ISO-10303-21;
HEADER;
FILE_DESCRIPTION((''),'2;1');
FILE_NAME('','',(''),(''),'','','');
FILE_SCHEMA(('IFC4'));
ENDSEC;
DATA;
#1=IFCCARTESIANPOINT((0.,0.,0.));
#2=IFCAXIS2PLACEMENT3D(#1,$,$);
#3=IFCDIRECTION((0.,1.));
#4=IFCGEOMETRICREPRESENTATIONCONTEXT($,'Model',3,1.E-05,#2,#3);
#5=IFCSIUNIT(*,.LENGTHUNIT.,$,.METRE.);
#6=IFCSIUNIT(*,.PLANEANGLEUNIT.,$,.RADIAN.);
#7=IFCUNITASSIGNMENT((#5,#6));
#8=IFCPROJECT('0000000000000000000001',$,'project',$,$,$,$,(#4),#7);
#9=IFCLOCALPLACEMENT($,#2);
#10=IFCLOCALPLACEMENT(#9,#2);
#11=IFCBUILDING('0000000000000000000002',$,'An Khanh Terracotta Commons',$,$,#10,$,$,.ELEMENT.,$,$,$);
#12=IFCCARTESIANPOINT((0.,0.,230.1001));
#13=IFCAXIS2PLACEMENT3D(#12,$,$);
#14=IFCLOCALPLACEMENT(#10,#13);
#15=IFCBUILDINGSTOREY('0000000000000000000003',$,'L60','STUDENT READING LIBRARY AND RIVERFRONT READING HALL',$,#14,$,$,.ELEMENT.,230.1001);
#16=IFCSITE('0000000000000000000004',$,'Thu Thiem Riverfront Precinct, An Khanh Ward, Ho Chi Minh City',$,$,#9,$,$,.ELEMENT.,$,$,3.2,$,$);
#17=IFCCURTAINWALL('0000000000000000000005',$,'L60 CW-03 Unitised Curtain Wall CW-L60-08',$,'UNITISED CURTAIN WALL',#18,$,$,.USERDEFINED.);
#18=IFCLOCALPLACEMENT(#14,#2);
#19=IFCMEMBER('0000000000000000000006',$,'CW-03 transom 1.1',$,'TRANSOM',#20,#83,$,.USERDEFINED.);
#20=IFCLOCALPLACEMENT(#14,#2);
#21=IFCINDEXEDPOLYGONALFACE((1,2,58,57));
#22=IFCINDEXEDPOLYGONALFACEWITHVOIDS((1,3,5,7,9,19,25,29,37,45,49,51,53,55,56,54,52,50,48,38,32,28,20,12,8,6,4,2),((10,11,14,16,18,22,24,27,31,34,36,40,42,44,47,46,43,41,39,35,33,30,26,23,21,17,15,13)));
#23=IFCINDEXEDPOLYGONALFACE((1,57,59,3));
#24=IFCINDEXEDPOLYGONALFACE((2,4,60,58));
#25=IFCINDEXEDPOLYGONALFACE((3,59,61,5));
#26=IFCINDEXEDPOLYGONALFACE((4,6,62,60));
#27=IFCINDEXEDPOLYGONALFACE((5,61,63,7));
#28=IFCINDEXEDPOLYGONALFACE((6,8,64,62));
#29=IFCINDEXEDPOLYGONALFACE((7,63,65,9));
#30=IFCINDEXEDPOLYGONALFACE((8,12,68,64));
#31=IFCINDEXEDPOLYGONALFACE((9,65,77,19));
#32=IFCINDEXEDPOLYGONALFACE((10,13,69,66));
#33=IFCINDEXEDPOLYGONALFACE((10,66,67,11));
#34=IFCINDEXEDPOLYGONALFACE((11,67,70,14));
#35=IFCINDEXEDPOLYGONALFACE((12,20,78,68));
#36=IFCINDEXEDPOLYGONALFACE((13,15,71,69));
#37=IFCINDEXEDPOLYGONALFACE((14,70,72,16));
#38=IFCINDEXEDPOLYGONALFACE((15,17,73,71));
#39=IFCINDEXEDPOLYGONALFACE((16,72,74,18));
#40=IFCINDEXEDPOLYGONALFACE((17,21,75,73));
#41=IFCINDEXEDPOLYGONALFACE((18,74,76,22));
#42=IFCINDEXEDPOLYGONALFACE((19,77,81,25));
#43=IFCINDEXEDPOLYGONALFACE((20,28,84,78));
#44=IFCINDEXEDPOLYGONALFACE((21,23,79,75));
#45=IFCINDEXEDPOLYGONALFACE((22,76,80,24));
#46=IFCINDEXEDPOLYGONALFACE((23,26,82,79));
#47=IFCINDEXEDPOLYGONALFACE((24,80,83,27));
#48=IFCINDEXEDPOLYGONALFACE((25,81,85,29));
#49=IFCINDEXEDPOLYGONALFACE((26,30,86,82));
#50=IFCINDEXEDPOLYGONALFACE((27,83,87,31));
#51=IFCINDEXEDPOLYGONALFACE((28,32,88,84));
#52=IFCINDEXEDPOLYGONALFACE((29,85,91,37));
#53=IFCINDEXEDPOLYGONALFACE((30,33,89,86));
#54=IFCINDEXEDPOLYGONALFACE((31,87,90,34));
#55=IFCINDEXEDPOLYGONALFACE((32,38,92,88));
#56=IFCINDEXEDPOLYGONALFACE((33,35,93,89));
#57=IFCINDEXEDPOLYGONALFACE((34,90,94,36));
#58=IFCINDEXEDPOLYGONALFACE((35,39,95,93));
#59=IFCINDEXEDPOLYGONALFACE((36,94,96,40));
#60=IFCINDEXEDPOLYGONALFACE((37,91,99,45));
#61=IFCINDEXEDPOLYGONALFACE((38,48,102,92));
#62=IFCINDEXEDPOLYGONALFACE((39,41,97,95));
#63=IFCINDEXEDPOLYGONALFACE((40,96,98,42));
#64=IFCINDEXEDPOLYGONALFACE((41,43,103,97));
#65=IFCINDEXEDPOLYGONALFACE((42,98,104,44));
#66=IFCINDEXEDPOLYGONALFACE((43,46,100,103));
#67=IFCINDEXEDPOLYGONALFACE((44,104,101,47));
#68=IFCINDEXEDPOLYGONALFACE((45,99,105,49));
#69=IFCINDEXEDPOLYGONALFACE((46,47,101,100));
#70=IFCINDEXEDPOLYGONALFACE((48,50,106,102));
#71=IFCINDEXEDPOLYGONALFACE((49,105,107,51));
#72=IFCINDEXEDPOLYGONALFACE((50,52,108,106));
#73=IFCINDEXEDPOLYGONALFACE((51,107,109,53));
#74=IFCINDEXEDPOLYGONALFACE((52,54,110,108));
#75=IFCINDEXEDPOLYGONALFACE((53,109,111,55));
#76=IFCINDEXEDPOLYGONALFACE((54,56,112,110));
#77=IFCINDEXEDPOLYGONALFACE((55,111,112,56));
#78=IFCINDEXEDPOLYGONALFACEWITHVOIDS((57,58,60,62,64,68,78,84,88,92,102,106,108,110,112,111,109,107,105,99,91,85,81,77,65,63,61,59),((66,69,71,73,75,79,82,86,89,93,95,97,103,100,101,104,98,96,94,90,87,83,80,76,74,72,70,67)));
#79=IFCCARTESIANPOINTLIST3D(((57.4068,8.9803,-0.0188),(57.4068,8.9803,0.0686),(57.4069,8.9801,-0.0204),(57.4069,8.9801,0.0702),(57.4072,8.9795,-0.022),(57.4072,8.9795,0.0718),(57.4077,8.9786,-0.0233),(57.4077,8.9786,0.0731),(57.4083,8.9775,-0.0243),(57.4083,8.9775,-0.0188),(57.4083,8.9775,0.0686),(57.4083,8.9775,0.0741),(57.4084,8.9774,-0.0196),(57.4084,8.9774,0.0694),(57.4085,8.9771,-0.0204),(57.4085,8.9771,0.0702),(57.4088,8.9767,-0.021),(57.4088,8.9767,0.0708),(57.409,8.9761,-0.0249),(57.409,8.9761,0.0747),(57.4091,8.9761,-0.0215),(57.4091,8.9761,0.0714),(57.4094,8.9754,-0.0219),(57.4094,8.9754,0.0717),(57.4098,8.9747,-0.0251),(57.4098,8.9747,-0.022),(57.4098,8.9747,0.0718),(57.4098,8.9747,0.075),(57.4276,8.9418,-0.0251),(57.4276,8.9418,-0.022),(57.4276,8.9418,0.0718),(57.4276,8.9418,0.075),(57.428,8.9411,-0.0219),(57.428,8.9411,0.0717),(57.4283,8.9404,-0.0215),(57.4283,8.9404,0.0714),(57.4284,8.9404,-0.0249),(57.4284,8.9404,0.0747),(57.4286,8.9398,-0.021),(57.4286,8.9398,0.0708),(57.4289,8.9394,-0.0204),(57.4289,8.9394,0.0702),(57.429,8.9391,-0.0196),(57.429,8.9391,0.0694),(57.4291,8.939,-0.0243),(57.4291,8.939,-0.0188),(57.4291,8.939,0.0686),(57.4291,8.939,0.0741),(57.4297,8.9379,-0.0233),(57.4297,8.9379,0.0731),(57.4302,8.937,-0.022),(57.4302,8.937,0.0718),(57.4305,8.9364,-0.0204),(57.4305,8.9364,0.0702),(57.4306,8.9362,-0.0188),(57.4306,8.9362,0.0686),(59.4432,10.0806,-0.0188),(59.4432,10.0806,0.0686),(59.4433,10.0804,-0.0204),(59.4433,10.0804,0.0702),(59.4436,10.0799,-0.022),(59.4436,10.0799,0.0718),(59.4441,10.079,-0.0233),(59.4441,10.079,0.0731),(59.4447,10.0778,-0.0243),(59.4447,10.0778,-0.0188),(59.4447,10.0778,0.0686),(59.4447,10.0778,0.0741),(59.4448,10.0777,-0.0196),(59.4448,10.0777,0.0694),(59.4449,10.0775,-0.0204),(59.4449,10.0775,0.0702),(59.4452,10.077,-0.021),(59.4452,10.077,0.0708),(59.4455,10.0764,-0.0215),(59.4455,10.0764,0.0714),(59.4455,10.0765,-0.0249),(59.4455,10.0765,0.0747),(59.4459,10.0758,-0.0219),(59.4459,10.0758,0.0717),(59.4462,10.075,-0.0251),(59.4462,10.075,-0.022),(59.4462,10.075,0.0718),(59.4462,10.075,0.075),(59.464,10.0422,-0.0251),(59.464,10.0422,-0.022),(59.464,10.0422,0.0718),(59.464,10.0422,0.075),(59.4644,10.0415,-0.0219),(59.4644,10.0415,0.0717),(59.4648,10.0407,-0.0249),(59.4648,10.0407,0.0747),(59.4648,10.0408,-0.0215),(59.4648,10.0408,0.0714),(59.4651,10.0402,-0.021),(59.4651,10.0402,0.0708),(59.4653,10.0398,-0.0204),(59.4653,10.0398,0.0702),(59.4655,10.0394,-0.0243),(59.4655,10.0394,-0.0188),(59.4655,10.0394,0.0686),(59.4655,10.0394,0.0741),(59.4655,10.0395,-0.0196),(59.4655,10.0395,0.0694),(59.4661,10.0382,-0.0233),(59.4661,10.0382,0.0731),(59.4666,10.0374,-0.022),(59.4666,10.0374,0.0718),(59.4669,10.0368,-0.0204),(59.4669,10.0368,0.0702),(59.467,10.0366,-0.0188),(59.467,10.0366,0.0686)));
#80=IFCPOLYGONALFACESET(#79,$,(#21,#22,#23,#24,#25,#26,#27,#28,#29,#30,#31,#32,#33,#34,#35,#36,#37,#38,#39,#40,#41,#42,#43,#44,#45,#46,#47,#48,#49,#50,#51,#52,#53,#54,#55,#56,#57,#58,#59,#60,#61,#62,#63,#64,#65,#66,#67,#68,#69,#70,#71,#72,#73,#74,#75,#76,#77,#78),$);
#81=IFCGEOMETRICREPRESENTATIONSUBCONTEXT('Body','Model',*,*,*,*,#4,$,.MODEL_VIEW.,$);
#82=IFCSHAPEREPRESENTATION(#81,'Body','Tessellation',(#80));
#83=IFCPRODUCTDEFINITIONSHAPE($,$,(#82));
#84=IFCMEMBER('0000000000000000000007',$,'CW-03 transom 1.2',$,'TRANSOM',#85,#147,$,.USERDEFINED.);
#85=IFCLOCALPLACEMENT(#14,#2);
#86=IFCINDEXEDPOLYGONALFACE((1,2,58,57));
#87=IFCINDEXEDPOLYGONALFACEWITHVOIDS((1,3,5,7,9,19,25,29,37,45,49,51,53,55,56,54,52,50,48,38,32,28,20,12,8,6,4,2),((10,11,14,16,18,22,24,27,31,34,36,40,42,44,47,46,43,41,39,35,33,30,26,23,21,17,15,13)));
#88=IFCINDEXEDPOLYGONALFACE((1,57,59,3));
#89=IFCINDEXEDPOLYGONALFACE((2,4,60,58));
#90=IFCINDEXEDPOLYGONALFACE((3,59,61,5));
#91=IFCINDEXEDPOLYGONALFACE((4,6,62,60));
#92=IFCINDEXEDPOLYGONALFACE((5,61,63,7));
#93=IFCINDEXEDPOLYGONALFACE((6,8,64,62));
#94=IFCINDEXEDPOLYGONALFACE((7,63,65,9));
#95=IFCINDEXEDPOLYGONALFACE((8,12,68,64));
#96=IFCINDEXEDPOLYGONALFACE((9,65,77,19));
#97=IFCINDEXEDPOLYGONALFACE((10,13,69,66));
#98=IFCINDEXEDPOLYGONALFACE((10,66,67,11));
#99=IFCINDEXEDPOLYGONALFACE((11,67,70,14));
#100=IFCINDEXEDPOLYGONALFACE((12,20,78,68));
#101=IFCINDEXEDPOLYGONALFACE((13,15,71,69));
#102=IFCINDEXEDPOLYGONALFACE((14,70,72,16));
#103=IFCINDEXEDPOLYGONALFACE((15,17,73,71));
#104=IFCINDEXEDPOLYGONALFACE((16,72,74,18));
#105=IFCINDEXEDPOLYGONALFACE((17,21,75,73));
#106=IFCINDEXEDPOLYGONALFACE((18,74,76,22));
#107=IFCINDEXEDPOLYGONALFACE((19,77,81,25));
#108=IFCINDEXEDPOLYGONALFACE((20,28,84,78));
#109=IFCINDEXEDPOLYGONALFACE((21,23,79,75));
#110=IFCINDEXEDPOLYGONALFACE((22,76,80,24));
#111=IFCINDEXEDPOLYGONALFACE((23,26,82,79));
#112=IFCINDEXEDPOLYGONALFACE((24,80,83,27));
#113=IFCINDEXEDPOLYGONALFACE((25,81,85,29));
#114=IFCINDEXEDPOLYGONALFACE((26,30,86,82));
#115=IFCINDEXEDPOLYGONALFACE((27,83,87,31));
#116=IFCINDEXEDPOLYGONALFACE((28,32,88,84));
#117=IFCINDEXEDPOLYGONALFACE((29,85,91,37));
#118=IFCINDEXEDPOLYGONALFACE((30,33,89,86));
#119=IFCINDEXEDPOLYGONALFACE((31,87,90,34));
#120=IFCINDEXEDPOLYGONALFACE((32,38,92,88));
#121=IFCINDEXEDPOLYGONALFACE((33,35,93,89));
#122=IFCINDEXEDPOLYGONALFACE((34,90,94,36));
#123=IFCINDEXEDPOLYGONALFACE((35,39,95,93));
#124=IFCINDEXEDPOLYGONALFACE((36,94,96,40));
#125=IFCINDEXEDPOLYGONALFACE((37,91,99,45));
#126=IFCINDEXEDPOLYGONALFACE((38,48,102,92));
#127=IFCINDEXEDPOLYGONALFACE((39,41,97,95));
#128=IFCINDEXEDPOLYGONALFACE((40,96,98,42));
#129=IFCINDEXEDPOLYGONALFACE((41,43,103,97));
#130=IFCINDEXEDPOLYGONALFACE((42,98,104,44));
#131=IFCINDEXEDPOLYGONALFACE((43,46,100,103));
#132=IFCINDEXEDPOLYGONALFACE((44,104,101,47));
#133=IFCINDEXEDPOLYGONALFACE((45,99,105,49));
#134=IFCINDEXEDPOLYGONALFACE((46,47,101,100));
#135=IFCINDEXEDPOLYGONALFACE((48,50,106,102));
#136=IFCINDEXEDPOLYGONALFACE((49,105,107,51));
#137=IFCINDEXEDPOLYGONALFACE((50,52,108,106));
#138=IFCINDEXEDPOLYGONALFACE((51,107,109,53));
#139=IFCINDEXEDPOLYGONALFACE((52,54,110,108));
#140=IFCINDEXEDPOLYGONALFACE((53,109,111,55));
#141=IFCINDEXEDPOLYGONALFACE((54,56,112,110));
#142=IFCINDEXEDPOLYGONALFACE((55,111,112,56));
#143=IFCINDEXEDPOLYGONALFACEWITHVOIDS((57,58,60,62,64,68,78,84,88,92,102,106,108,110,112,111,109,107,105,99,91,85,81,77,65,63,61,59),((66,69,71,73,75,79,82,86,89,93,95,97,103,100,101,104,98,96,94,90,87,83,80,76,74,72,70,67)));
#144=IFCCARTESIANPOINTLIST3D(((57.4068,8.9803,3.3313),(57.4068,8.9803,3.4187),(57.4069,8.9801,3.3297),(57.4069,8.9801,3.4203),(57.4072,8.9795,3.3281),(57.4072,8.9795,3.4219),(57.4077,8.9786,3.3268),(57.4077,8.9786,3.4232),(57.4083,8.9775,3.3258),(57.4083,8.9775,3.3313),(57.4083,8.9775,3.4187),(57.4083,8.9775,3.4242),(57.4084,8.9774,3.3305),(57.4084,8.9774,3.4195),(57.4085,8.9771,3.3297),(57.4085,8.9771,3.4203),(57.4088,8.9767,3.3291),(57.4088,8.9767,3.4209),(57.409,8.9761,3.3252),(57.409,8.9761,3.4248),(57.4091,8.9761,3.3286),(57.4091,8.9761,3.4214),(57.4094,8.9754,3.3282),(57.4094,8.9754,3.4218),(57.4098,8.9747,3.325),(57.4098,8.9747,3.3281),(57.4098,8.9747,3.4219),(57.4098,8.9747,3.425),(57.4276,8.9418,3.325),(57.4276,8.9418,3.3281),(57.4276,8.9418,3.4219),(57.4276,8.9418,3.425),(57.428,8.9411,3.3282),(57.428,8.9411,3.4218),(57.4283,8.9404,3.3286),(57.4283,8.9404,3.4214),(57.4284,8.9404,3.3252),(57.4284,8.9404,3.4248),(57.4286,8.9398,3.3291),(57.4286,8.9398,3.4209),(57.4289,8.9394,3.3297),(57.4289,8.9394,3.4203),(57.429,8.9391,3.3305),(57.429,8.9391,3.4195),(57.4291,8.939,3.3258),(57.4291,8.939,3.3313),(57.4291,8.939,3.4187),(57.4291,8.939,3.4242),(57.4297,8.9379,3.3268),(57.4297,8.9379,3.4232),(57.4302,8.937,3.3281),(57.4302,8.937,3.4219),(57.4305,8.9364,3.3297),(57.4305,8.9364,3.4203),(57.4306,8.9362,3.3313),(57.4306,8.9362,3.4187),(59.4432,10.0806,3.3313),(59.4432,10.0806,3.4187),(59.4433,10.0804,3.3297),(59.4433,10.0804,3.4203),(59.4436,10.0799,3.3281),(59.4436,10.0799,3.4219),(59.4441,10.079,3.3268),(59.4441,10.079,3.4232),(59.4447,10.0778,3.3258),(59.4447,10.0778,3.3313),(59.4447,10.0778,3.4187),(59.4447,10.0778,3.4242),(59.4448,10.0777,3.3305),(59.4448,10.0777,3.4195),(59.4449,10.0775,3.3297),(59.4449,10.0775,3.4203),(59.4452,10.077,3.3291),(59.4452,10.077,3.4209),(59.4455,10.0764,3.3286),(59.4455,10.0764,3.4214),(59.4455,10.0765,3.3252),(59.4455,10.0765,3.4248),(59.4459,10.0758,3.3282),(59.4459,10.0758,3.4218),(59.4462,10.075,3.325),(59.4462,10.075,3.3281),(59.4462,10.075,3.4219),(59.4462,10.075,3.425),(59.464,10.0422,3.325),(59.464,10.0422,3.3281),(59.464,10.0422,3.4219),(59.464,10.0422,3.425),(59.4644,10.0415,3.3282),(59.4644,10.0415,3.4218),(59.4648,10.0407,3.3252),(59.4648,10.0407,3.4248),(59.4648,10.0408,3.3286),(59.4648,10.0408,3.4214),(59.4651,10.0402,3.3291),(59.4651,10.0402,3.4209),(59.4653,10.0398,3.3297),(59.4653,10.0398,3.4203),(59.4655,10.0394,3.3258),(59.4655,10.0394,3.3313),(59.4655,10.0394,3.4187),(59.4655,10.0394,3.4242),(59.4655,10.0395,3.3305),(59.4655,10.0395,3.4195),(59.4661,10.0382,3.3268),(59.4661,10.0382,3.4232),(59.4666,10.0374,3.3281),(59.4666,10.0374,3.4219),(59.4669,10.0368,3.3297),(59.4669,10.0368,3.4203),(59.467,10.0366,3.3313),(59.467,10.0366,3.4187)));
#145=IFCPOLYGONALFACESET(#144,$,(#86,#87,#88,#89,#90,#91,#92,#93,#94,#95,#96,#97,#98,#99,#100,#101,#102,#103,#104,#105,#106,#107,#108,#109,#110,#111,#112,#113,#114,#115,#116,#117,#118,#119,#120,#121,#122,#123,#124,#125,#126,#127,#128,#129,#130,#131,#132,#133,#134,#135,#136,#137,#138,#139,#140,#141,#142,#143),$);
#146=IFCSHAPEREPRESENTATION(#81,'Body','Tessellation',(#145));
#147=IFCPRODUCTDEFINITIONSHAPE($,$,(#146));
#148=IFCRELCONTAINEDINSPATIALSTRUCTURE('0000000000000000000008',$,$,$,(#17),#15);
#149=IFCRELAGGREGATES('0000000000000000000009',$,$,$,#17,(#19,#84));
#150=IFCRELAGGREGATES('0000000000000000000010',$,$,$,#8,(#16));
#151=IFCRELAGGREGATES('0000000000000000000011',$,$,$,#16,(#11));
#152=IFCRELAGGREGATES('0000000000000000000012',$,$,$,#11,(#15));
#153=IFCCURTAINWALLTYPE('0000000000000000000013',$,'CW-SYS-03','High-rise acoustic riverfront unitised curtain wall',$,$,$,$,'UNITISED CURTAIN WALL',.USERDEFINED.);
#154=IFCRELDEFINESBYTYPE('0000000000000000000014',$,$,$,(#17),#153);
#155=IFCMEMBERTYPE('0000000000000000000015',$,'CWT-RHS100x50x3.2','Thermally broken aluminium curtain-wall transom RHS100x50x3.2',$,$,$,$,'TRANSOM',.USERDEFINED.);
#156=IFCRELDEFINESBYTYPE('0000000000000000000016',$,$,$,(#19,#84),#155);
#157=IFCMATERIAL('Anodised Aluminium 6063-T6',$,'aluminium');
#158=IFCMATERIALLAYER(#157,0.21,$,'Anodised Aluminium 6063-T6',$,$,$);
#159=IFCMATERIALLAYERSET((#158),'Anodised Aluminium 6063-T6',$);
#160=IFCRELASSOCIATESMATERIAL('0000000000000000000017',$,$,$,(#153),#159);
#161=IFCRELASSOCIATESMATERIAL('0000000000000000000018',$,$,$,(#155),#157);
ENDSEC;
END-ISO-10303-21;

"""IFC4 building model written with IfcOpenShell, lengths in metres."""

from ifc_helpers import new_model, si_unit, direction, frame, origin, origin_2d, place, context, subcontext, project, spatial, hollow_rectangle, extrude, material, layer, layer_set, material_profile, profile_set, type_object, element, aggregate, save


model = new_model("IFC4")

# Units and contexts
model_context = context("Model", 3, precision=1e-05, world=origin(), true_north=direction((0.0, 1.0)))
body_context = subcontext(model_context, "Body", "Model", "MODEL_VIEW")
ifc_project = project(units=[si_unit("LENGTHUNIT", "METRE"), si_unit("PLANEANGLEUNIT", "RADIAN")], contexts=[model_context])

# Site, building, storey
site_placement = place(None, origin())
site = spatial("IfcSite", under=ifc_project, at=site_placement, Name="Thu Thiem Riverfront Precinct, An Khanh Ward, Ho Chi Minh City", CompositionType="ELEMENT", RefElevation=3.2)
building_placement = place(site_placement, origin())
building = spatial("IfcBuilding", under=site, at=building_placement, Name="An Khanh Terracotta Commons", CompositionType="ELEMENT")
storey_placement = place(building_placement, frame((0.0, 0.0, 230.1001)))
storey = spatial("IfcBuildingStorey", under=building, at=storey_placement, Name="L60", Description="STUDENT READING LIBRARY AND RIVERFRONT READING HALL", CompositionType="ELEMENT", Elevation=230.1001)

# Curtain wall, members
ifc_material_1 = material(Name="Anodised Aluminium 6063-T6", Category="aluminium")
ifc_layer_1 = layer(ifc_material_1, 0.21, Name="Anodised Aluminium 6063-T6")
ifc_layer_set_1 = layer_set([ifc_layer_1], Name="Anodised Aluminium 6063-T6")
curtain_wall_type = type_object("IfcCurtainWallType", Name="CW-SYS-03", Description="High-rise acoustic riverfront unitised curtain wall", ElementType="UNITISED CURTAIN WALL", PredefinedType="USERDEFINED", material=ifc_layer_set_1)
curtain_wall_placement = place(storey_placement, origin())
curtain_wall = element("IfcCurtainWall", 1, at=curtain_wall_placement, inside=storey, type_object=curtain_wall_type, Name="L60 CW-03 Unitised Curtain Wall CW-L60-08", ObjectType="UNITISED CURTAIN WALL", PredefinedType="USERDEFINED")
ifc_material_profile_1 = material_profile(ifc_material_1, hollow_rectangle(XDim=0.05, YDim=0.1001, WallThickness=0.0032, InnerFilletRadius=0.0032, OuterFilletRadius=0.0063, at=origin_2d()), Name="RHS100x50x3.2")
ifc_profile_set_1 = profile_set([ifc_material_profile_1], Name="Anodised Aluminium 6063-T6")
member_type_1 = type_object("IfcMemberType", Name="CWT-RHS100x50x3.2", Description="Thermally broken aluminium curtain-wall transom RHS100x50x3.2", ElementType="TRANSOM", PredefinedType="USERDEFINED", material=ifc_profile_set_1)
member_1_placement = place(storey_placement, frame((57.4187, 8.9583, 0.0249), z_axis=(0.879779, 0.475382, 0.0), x_axis=(-0.475382, 0.879779, 0.0)))
member_1 = element("IfcMember", 2, at=member_1_placement, type_object=member_type_1, Name="CW-03 transom 1.1", ObjectType="TRANSOM", PredefinedType="USERDEFINED", context=body_context, shape_type="SweptSolid", body=[
    extrude(hollow_rectangle(XDim=0.05, YDim=0.1001, WallThickness=0.0032, InnerFilletRadius=0.0032, OuterFilletRadius=0.0063, at=origin_2d()), origin(), (0.0, 0.0, 1.0), 2.3147),
])
member_2_placement = place(storey_placement, frame((57.4187, 8.9583, 3.375), z_axis=(0.879779, 0.475382, 0.0), x_axis=(-0.475382, 0.879779, 0.0)))
member_2 = element("IfcMember", 3, at=member_2_placement, type_object=member_type_1, Name="CW-03 transom 1.2", ObjectType="TRANSOM", PredefinedType="USERDEFINED", context=body_context, shape_type="SweptSolid", body=[
    extrude(hollow_rectangle(XDim=0.05, YDim=0.1001, WallThickness=0.0032, InnerFilletRadius=0.0032, OuterFilletRadius=0.0063, at=origin_2d()), origin(), (0.0, 0.0, 1.0), 2.3147),
])
aggregate(curtain_wall, [member_1, member_2])

save(model, "model.ifc")
